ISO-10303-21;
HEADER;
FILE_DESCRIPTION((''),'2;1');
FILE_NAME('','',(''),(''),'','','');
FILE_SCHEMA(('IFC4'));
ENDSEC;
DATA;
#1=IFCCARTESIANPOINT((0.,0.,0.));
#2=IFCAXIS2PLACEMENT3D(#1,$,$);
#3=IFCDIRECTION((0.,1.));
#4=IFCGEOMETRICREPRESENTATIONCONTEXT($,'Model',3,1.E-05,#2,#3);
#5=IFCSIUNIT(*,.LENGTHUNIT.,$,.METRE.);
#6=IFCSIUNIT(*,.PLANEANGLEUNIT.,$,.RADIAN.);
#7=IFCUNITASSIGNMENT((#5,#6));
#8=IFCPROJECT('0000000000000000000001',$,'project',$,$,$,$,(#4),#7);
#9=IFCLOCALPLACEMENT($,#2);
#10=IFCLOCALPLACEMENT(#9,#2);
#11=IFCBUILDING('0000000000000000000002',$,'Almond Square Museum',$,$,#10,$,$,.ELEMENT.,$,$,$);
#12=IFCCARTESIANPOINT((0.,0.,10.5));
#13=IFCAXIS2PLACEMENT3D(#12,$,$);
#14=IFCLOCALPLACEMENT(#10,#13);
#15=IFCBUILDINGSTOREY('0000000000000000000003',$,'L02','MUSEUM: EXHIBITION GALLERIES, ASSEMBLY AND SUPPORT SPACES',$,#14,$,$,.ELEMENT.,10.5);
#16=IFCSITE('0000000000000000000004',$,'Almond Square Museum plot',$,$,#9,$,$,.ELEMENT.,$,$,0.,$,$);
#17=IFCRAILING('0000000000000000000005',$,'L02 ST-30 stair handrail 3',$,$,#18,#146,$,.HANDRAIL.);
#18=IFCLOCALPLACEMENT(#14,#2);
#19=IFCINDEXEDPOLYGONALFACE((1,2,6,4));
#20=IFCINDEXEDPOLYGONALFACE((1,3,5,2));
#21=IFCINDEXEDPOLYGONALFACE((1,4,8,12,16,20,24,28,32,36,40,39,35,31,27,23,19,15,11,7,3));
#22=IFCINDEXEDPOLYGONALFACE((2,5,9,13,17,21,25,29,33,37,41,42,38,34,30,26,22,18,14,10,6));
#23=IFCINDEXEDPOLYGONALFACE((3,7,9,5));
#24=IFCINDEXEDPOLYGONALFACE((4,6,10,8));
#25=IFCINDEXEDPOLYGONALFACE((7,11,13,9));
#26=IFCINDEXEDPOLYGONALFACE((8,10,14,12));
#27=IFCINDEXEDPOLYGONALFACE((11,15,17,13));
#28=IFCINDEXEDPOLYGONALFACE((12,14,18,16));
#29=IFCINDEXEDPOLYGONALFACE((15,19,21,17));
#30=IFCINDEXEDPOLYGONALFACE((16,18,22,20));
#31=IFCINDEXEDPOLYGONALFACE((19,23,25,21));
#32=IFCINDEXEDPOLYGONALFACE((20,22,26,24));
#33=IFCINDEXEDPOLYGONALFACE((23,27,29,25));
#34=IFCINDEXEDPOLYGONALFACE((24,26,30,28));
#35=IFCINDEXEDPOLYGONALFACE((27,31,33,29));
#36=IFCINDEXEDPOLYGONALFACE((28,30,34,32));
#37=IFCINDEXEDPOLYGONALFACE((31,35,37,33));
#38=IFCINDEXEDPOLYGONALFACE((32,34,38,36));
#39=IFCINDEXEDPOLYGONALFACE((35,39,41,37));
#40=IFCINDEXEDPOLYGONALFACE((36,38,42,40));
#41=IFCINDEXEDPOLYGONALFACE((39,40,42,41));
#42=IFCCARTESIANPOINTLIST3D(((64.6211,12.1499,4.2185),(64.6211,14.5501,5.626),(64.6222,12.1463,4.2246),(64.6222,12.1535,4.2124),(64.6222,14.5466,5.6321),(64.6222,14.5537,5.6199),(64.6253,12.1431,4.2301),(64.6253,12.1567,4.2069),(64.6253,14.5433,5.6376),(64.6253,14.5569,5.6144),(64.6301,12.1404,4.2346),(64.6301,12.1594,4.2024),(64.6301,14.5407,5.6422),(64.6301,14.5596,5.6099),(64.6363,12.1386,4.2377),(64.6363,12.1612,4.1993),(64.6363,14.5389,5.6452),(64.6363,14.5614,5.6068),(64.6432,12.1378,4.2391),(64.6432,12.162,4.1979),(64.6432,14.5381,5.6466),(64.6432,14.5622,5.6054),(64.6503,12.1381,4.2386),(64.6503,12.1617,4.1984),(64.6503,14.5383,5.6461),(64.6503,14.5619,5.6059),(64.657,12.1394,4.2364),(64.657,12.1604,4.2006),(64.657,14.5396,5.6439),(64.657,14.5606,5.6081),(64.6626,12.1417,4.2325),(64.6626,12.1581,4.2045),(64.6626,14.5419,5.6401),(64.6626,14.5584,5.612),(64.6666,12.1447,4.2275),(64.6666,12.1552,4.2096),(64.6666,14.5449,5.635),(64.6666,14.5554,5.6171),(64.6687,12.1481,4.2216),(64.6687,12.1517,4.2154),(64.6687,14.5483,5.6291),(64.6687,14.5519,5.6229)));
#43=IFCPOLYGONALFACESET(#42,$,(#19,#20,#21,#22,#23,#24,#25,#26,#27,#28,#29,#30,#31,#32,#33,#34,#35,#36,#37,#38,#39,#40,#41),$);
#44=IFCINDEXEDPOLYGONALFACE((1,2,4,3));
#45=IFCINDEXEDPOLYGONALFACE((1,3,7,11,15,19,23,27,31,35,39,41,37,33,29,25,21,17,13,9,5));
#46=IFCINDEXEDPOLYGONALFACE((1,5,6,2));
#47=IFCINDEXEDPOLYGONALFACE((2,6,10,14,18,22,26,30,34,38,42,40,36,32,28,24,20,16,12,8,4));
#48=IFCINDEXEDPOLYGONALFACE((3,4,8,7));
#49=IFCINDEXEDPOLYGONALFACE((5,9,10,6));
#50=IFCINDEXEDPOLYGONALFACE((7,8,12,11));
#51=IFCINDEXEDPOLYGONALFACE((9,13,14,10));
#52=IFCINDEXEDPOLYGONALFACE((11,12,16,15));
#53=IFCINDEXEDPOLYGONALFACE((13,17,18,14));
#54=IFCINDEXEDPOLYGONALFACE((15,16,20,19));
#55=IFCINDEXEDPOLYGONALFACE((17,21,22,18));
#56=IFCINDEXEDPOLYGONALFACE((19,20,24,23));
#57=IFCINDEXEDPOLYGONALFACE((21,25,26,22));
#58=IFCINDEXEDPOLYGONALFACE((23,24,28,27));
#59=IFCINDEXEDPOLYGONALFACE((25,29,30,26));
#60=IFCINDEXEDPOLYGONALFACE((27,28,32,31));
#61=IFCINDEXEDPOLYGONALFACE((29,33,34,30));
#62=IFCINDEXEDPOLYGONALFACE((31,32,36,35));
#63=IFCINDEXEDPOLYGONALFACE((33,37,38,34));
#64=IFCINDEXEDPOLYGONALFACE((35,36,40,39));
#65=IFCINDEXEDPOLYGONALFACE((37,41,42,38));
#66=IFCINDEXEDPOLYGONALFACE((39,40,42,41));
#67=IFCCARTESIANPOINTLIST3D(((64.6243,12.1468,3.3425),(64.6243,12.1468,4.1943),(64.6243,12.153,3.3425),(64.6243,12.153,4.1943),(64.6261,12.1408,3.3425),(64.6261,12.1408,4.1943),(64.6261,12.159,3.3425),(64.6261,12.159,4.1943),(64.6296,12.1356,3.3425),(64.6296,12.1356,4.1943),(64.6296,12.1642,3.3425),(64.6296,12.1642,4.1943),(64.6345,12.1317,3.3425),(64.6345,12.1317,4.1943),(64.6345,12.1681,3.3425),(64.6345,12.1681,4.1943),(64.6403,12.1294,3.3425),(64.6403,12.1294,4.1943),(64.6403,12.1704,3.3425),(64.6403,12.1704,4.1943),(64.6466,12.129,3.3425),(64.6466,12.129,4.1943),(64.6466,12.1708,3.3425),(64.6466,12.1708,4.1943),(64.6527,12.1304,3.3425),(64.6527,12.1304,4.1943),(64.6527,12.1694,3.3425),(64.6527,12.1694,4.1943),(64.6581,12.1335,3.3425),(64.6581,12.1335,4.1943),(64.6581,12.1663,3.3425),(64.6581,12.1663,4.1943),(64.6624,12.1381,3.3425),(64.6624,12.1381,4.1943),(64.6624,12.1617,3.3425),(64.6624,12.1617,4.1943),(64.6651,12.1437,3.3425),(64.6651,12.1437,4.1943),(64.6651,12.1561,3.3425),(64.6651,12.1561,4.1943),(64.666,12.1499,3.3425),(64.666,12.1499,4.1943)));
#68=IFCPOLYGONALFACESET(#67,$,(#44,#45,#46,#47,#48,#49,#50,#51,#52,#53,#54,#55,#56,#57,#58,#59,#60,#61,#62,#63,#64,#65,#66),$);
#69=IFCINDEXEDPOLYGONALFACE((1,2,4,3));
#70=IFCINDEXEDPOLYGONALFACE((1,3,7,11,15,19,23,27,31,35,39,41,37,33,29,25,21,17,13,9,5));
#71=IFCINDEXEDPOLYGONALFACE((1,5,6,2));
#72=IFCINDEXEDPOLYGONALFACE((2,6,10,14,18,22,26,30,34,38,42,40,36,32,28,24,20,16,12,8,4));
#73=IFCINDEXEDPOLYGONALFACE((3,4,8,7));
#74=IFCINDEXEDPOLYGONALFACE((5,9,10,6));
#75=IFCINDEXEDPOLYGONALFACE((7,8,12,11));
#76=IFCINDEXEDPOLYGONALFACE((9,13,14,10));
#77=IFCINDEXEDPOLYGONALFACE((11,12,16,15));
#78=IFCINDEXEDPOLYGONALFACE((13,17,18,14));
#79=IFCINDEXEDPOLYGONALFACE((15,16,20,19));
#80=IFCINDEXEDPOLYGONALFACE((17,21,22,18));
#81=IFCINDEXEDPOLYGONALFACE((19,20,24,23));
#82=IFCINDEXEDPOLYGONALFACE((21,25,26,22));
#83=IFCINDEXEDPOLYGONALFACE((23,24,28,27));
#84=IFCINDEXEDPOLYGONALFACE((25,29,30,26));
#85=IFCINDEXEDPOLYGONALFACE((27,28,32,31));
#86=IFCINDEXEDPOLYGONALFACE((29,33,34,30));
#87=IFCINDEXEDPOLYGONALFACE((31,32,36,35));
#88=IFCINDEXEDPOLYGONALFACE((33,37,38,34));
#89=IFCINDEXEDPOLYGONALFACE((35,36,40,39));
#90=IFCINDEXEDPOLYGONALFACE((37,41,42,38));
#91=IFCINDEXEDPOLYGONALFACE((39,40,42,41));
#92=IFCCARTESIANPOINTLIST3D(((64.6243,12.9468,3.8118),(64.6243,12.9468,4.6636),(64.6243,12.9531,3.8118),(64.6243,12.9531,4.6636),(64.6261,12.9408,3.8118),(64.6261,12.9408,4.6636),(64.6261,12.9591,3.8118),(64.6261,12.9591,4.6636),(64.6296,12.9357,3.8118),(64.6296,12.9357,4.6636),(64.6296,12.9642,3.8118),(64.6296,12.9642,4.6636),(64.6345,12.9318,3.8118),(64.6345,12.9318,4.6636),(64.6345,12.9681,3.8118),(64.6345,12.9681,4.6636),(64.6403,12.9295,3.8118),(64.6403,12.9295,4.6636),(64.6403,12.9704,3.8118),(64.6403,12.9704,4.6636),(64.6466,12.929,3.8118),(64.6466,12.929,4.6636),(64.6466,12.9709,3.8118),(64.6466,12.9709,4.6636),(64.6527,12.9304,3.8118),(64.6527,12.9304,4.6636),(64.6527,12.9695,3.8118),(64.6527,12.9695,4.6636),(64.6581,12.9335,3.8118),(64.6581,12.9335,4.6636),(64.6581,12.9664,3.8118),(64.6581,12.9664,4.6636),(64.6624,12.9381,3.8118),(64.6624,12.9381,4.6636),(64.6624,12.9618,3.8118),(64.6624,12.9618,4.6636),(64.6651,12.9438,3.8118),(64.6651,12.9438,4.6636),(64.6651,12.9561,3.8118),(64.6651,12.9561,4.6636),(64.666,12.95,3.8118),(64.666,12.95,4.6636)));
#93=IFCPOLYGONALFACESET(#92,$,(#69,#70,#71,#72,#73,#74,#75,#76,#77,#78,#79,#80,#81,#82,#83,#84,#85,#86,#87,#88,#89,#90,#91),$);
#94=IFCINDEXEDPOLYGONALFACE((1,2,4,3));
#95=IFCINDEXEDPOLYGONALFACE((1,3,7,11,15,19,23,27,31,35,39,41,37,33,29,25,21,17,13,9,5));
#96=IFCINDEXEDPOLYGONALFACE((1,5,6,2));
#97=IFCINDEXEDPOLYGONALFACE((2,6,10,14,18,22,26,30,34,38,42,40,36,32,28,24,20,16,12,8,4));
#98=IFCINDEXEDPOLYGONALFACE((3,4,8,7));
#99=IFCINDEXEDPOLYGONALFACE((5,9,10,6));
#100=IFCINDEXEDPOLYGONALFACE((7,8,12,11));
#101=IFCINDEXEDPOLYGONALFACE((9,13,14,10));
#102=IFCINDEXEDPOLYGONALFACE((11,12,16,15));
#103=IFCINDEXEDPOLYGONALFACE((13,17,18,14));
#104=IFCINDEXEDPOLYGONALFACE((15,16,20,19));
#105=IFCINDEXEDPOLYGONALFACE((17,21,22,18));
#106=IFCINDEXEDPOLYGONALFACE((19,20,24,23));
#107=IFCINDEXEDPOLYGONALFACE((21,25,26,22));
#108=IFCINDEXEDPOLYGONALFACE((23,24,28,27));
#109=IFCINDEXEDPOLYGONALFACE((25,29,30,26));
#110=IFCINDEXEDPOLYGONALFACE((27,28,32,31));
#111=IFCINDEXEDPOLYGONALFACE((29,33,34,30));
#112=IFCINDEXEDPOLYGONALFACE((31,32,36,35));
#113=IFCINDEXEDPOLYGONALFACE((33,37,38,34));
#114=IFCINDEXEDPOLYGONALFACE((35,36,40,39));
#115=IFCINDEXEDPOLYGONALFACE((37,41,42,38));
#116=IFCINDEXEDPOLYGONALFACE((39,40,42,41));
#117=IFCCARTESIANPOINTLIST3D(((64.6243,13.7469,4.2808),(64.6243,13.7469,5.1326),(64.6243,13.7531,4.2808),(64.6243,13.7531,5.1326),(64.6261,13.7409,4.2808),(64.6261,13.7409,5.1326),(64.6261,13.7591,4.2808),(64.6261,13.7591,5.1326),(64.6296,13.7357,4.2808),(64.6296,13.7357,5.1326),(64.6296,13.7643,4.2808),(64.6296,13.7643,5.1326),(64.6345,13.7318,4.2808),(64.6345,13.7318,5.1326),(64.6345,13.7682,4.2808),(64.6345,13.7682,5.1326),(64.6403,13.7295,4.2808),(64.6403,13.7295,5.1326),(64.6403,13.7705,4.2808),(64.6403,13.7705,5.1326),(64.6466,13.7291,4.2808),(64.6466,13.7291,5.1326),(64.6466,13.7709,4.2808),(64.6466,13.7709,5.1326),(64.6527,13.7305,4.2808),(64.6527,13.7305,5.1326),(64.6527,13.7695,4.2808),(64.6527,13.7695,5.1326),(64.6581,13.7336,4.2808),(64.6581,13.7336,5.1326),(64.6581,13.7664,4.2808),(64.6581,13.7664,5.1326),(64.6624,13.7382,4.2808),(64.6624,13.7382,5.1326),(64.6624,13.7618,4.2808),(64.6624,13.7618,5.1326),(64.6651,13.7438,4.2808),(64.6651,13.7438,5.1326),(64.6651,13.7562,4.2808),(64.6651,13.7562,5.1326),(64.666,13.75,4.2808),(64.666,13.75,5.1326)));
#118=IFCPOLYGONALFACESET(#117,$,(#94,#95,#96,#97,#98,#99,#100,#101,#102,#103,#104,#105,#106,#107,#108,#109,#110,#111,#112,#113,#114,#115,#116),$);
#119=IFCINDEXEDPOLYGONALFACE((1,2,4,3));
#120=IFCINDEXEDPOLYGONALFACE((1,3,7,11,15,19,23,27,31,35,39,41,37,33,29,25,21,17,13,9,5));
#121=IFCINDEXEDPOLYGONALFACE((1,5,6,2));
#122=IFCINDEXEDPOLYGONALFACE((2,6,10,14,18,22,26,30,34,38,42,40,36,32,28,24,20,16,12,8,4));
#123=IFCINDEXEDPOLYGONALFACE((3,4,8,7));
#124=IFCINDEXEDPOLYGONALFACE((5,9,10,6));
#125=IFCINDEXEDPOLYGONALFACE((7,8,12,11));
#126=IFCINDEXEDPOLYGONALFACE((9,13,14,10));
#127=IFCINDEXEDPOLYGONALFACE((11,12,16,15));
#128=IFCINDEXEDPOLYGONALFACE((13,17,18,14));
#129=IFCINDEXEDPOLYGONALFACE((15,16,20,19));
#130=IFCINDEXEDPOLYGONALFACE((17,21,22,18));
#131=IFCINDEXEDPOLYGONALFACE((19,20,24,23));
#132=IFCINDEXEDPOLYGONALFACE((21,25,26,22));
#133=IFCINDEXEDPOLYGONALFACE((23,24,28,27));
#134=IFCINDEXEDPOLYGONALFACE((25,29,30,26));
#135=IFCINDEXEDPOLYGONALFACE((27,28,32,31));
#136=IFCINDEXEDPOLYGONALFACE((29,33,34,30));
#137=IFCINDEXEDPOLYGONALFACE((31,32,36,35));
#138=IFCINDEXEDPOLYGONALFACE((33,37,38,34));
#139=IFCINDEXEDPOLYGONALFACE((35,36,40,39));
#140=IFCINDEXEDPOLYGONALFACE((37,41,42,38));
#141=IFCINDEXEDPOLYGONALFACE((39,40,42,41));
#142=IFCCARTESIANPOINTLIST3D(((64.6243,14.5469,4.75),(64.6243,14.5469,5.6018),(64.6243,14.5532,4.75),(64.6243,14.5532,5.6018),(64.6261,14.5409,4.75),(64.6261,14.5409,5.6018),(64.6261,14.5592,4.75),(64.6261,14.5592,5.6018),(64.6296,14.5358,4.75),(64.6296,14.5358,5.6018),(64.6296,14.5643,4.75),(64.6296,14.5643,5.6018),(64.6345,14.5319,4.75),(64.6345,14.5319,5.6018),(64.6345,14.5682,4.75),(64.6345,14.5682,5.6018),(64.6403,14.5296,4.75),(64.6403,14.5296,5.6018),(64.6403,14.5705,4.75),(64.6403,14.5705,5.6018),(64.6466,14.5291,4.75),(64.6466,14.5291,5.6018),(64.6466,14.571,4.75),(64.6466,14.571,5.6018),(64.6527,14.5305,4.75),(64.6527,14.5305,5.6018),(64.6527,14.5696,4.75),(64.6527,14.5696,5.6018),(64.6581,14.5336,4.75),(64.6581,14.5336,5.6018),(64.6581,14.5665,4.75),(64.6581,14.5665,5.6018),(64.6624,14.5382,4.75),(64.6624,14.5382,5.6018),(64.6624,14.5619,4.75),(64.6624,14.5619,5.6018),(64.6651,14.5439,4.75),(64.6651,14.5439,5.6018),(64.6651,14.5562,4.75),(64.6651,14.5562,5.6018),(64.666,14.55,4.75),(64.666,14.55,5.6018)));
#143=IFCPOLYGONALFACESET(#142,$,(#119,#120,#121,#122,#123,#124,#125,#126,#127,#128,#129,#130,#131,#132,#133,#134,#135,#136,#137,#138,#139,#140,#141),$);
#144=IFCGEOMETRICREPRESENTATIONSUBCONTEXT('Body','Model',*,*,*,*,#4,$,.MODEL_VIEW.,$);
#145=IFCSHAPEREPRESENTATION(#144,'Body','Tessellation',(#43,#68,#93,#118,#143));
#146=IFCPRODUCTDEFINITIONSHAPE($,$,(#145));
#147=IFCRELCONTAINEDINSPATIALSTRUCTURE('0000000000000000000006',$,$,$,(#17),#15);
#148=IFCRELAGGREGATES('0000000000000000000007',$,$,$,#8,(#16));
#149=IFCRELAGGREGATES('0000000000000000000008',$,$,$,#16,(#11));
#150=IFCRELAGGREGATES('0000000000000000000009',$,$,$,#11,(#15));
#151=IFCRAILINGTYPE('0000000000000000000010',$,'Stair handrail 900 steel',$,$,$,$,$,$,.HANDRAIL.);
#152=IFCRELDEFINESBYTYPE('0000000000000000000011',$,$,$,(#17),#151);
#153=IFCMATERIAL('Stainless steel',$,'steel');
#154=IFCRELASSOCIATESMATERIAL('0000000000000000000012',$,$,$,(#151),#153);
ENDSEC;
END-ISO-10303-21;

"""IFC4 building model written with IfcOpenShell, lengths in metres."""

from ifc_helpers import new_model, si_unit, direction, frame, origin, origin_2d, place, context, subcontext, project, spatial, circle, extrude, material, type_object, element, save


model = new_model("IFC4")

# Units and contexts
model_context = context("Model", 3, precision=1e-05, world=origin(), true_north=direction((0.0, 1.0)))
body_context = subcontext(model_context, "Body", "Model", "MODEL_VIEW")
ifc_project = project(units=[si_unit("LENGTHUNIT", "METRE"), si_unit("PLANEANGLEUNIT", "RADIAN")], contexts=[model_context])

# Site, building, storey
site_placement = place(None, origin())
site = spatial("IfcSite", under=ifc_project, at=site_placement, Name="Almond Square Museum plot", CompositionType="ELEMENT", RefElevation=0.0)
building_placement = place(site_placement, origin())
building = spatial("IfcBuilding", under=site, at=building_placement, Name="Almond Square Museum", CompositionType="ELEMENT")
storey_placement = place(building_placement, frame((0.0, 0.0, 10.5)))
storey = spatial("IfcBuildingStorey", under=building, at=storey_placement, Name="L02", Description="MUSEUM: EXHIBITION GALLERIES, ASSEMBLY AND SUPPORT SPACES", CompositionType="ELEMENT", Elevation=10.5)

# Railing
ifc_material_1 = material(Name="Stainless steel", Category="steel")
railing_type_1 = type_object("IfcRailingType", Name="Stair handrail 900 steel", PredefinedType="HANDRAIL", material=ifc_material_1)
for number, where, name in (
    (1, (64.645, 12.1499, 3.3425), "L02 ST-30 stair handrail 3"),
):
    element("IfcRailing", number, at=place(storey_placement, frame(where)), inside=storey, type_object=railing_type_1, Name=name, PredefinedType="HANDRAIL", context=body_context, shape_type="SweptSolid", body=[
        extrude(circle(Radius=0.0239, at=origin_2d()), frame((0.0, 0.0, 0.876), z_axis=(0.0, 0.862621, 0.50585), x_axis=(-1.0, 0.0, 0.0)), (0.0, 0.0, 1.0), 2.7825),
        extrude(circle(Radius=0.021, at=origin_2d()), origin(), (0.0, 0.0, 1.0), 0.8518),
        extrude(circle(Radius=0.021, at=origin_2d()), frame((0.0, 0.8, 0.4692)), (0.0, 0.0, 1.0), 0.8518),
        extrude(circle(Radius=0.021, at=origin_2d()), frame((0.0, 1.6001, 0.9382)), (0.0, 0.0, 1.0), 0.8518),
        extrude(circle(Radius=0.021, at=origin_2d()), frame((0.0, 2.4001, 1.4075)), (0.0, 0.0, 1.0), 0.8518),
    ])

save(model, "model.ifc")
